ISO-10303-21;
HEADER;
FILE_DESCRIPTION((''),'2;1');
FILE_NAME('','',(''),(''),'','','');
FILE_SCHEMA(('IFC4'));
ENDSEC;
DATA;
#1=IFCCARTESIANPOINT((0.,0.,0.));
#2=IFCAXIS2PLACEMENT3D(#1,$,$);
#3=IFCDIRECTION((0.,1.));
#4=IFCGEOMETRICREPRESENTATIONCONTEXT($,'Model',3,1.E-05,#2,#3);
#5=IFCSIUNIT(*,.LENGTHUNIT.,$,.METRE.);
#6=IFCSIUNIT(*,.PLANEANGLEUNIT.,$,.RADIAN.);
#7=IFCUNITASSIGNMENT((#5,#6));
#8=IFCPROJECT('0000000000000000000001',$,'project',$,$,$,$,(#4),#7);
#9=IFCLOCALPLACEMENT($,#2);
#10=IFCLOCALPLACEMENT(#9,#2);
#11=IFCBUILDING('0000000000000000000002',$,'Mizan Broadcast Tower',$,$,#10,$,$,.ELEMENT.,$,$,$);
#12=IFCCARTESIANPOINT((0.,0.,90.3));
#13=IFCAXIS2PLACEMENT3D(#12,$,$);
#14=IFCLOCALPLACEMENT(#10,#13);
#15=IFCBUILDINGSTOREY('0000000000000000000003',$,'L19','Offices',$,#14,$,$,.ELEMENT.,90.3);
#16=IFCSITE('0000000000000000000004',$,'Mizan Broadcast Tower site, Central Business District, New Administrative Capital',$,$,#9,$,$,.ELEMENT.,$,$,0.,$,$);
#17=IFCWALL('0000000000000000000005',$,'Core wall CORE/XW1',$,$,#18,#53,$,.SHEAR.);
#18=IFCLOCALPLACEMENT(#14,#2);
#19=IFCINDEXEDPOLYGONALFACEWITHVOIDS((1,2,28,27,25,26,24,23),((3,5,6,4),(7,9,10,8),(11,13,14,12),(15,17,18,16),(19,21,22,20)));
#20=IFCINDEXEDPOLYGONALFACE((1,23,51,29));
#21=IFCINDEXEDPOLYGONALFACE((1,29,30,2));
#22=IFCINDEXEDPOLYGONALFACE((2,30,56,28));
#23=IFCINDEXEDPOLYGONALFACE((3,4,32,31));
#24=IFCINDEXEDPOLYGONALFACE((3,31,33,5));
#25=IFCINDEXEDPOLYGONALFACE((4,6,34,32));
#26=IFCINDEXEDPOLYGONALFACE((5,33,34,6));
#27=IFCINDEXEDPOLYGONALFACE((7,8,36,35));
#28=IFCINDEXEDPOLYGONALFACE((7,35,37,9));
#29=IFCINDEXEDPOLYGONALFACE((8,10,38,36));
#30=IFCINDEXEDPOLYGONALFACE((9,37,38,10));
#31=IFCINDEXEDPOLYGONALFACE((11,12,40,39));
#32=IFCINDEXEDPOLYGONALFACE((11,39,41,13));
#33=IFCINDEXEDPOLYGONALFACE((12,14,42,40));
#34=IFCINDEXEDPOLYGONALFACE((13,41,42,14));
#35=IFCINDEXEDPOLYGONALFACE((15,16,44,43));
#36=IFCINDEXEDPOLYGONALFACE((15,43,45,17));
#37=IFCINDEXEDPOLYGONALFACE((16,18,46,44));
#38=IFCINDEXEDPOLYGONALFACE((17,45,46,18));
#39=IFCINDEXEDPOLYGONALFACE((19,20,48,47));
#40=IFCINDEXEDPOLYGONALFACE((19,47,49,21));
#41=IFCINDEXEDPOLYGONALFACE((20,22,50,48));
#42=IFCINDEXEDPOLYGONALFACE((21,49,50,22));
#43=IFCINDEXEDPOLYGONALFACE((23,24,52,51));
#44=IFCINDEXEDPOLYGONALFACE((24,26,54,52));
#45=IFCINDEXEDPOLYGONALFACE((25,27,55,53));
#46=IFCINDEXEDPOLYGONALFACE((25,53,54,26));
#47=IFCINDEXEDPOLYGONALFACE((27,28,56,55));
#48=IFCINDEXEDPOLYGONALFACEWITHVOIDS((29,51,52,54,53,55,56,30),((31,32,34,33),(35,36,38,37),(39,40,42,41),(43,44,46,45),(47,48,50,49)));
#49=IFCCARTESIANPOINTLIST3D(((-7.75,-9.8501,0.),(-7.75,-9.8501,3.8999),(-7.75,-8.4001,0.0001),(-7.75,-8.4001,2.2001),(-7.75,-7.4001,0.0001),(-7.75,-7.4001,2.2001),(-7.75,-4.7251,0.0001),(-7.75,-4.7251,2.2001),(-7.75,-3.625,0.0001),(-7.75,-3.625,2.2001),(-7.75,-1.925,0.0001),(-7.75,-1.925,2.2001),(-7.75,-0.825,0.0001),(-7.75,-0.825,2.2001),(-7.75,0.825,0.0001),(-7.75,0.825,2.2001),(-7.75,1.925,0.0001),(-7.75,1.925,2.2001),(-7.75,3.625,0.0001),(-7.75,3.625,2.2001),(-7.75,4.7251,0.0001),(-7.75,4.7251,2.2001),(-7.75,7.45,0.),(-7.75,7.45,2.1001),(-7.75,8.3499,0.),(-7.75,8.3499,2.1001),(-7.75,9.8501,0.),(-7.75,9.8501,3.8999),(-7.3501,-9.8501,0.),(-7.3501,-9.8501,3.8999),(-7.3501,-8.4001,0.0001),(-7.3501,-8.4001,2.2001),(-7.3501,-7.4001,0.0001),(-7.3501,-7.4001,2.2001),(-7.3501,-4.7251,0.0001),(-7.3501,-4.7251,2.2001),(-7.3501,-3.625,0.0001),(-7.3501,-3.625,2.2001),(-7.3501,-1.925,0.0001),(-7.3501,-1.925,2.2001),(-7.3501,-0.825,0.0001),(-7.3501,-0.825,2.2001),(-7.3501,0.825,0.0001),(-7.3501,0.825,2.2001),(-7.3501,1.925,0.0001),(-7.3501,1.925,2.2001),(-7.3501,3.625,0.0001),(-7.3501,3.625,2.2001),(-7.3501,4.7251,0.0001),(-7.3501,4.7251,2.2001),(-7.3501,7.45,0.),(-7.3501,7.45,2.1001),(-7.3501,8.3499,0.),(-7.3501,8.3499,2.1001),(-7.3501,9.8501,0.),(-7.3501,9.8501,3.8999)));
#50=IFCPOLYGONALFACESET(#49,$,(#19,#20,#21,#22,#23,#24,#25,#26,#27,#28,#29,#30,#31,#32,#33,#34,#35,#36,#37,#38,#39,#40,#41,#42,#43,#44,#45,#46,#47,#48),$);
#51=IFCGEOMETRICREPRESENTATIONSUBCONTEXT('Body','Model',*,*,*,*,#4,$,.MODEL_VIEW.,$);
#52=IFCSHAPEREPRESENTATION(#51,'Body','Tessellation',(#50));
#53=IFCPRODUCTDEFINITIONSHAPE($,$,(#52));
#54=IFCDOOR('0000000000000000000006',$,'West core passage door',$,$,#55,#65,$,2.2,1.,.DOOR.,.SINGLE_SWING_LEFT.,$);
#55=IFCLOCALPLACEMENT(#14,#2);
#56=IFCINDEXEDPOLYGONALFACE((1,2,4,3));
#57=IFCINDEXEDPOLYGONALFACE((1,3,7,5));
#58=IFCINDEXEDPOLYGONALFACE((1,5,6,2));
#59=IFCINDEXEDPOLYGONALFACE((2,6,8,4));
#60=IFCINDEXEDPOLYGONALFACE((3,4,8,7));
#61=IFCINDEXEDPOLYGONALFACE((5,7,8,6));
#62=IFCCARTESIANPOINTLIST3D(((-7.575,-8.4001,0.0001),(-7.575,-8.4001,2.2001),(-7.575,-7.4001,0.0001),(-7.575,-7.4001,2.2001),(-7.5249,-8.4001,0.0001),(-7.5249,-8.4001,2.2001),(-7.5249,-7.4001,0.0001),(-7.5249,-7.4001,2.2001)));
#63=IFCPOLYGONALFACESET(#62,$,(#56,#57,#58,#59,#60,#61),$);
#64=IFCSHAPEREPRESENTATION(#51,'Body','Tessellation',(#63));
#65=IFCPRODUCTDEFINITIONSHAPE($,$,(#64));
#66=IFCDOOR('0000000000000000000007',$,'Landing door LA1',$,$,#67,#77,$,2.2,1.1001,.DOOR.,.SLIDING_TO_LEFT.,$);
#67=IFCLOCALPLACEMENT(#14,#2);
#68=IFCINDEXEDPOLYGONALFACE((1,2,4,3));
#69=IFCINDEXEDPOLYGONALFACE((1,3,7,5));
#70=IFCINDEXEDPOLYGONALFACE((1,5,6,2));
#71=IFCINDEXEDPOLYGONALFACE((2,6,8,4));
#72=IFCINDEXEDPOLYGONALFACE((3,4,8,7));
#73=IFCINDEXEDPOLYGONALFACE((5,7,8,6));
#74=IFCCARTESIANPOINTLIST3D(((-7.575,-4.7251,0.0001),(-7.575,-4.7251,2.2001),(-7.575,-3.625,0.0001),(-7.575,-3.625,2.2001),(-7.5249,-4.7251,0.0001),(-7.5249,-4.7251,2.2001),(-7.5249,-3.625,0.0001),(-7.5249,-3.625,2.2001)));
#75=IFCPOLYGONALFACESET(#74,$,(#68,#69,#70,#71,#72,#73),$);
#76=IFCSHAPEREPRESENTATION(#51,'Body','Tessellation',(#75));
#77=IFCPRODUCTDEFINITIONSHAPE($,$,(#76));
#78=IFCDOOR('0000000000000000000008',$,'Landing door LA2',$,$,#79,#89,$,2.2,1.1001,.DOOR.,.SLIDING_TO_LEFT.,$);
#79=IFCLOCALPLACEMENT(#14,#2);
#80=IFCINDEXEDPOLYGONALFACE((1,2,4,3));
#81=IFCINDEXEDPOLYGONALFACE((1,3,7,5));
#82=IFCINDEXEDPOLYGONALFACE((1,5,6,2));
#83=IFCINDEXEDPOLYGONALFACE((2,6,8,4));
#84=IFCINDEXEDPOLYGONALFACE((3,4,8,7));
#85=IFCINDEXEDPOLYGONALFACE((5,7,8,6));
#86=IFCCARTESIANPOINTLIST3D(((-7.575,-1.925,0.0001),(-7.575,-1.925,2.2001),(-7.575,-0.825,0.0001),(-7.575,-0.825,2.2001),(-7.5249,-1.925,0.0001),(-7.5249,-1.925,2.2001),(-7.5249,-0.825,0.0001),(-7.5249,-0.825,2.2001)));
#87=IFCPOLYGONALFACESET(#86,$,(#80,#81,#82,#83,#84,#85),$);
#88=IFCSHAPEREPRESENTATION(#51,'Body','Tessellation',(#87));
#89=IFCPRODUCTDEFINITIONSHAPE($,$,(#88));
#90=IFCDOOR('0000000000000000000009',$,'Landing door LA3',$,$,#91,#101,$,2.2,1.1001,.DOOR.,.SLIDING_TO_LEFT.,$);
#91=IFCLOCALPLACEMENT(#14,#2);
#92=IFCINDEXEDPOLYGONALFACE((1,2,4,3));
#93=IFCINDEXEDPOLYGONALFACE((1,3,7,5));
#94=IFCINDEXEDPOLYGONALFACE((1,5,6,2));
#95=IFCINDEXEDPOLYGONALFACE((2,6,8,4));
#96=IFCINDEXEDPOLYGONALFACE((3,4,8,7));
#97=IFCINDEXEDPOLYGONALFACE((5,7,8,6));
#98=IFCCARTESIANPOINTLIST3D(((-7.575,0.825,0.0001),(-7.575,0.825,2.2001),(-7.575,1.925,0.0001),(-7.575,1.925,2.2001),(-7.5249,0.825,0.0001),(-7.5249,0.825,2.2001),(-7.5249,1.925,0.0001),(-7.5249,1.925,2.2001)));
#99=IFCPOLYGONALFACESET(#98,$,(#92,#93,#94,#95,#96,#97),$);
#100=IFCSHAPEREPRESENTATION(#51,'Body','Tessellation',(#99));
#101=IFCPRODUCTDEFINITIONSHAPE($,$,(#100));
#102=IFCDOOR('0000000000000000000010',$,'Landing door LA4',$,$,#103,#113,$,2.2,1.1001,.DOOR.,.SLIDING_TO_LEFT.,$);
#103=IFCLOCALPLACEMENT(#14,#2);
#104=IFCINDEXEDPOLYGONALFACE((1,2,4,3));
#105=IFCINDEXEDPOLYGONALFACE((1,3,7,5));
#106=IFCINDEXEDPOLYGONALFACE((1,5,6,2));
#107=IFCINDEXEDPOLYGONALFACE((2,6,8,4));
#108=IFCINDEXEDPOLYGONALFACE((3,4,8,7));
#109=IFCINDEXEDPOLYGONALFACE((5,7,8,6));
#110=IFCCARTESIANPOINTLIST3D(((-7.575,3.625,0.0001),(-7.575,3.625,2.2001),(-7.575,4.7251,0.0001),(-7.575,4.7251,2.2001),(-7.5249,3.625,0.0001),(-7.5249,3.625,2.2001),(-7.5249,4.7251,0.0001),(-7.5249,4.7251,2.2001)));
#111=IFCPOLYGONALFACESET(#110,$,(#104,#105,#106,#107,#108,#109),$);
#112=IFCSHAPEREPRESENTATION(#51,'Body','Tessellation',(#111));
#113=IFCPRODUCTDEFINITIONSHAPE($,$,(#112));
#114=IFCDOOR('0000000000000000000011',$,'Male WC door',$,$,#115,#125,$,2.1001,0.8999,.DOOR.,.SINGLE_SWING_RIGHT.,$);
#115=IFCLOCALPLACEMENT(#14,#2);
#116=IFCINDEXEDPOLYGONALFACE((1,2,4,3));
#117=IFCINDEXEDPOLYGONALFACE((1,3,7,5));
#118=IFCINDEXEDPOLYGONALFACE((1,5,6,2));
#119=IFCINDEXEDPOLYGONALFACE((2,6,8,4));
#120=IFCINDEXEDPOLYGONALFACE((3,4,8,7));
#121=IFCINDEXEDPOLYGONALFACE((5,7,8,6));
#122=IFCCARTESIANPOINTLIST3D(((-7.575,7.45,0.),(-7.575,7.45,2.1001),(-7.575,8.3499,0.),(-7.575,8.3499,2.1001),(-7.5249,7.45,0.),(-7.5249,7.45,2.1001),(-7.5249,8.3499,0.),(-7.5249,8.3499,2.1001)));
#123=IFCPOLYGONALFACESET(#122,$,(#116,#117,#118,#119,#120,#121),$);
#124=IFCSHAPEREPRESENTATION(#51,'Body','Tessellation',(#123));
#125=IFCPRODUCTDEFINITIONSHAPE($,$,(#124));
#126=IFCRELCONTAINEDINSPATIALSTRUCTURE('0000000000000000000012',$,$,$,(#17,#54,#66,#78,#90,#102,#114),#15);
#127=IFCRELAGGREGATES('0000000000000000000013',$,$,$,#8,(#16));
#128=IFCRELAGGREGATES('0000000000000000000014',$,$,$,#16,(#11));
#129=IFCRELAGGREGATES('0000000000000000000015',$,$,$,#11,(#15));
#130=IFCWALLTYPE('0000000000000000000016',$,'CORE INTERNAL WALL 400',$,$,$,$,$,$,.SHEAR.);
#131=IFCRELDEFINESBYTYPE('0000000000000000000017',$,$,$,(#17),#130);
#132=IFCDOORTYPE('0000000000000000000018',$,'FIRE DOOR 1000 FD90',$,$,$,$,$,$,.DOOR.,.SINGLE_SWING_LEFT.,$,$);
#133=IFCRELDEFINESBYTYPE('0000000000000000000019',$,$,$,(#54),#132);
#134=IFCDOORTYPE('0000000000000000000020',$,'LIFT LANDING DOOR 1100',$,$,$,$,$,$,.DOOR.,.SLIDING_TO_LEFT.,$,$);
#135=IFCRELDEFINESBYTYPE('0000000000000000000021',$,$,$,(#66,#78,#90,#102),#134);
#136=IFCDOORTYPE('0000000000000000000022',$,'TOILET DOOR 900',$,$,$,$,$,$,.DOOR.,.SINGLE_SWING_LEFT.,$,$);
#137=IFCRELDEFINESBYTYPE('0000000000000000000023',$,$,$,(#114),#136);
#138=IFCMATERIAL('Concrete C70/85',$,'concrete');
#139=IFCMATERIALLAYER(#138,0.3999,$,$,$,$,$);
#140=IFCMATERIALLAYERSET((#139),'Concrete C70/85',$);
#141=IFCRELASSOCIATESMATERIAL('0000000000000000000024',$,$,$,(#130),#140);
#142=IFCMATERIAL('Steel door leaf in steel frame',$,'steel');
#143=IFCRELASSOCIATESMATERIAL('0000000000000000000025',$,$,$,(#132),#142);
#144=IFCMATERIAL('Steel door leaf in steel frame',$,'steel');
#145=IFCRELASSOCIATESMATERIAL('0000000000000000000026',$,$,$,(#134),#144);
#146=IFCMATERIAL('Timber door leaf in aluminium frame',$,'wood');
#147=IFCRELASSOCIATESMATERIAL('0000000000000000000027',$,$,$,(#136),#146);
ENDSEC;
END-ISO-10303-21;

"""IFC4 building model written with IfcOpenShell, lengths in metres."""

from ifc_helpers import new_model, si_unit, direction, frame, frame_2d, origin, place, context, subcontext, project, spatial, rectangle, extrude, material, layer, layer_set, type_object, element, fill, save


model = new_model("IFC4")

# Units and contexts
model_context = context("Model", 3, precision=1e-05, world=origin(), true_north=direction((0.0, 1.0)))
body_context = subcontext(model_context, "Body", "Model", "MODEL_VIEW")
ifc_project = project(units=[si_unit("LENGTHUNIT", "METRE"), si_unit("PLANEANGLEUNIT", "RADIAN")], contexts=[model_context])

# Site, building, storey
site_placement = place(None, origin())
site = spatial("IfcSite", under=ifc_project, at=site_placement, Name="Mizan Broadcast Tower site, Central Business District, New Administrative Capital", CompositionType="ELEMENT", RefElevation=0.0)
building_placement = place(site_placement, origin())
building = spatial("IfcBuilding", under=site, at=building_placement, Name="Mizan Broadcast Tower", CompositionType="ELEMENT")
storey_placement = place(building_placement, frame((0.0, 0.0, 90.3)))
storey = spatial("IfcBuildingStorey", under=building, at=storey_placement, Name="L19", Description="Offices", CompositionType="ELEMENT", Elevation=90.3)

# Wall, openings, doors
ifc_material_1 = material(Name="Concrete C70/85", Category="concrete")
ifc_layer_1 = layer(ifc_material_1, 0.3999)
ifc_layer_set_1 = layer_set([ifc_layer_1], Name="Concrete C70/85")
wall_type_1 = type_object("IfcWallType", Name="CORE INTERNAL WALL 400", PredefinedType="SHEAR", material=ifc_layer_set_1)
wall_1_placement = place(storey_placement, frame((-7.55, -9.8501, 0.0), z_axis=(0.0, 0.0, 1.0), x_axis=(0.0, 1.0, 0.0)))
wall_1 = element("IfcWall", 1, at=wall_1_placement, inside=storey, type_object=wall_type_1, Name="Core wall CORE/XW1", PredefinedType="SHEAR", context=body_context, shape_type="SweptSolid", body=[
    extrude(rectangle(XDim=19.7002, YDim=0.3999, at=frame_2d((9.8501, 0.0))), origin(), (0.0, 0.0, 1.0), 3.8999),
])
opening_1_placement = place(wall_1_placement, frame((1.45, 0.0, 0.0)))
opening_1 = element("IfcOpeningElement", 2, at=opening_1_placement, cuts=wall_1, PredefinedType="OPENING", context=body_context, shape_type="SweptSolid", body=[
    extrude(rectangle(XDim=1.0, YDim=2.2, at=frame_2d((0.5, 1.1001))), frame((0.0, 0.21, 0.0), z_axis=(0.0, -1.0, 0.0), x_axis=(1.0, 0.0, 0.0)), (0.0, 0.0, 1.0), 0.4199),
])
opening_2_placement = place(wall_1_placement, frame((17.3, 0.0, 0.0)))
opening_2 = element("IfcOpeningElement", 3, at=opening_2_placement, cuts=wall_1, PredefinedType="OPENING", context=body_context, shape_type="SweptSolid", body=[
    extrude(rectangle(XDim=0.8999, YDim=2.1001, at=frame_2d((0.45, 1.05))), frame((0.0, 0.21, 0.0), z_axis=(0.0, -1.0, 0.0), x_axis=(1.0, 0.0, 0.0)), (0.0, 0.0, 1.0), 0.4199),
])
opening_3_placement = place(wall_1_placement, frame((5.125, 0.0, 0.0)))
opening_3 = element("IfcOpeningElement", 4, at=opening_3_placement, cuts=wall_1, PredefinedType="OPENING", context=body_context, shape_type="SweptSolid", body=[
    extrude(rectangle(XDim=1.1001, YDim=2.2, at=frame_2d((0.55, 1.1001))), frame((0.0, 0.21, 0.0), z_axis=(0.0, -1.0, 0.0), x_axis=(1.0, 0.0, 0.0)), (0.0, 0.0, 1.0), 0.4199),
])
opening_4_placement = place(wall_1_placement, frame((7.925, 0.0, 0.0)))
opening_4 = element("IfcOpeningElement", 5, at=opening_4_placement, cuts=wall_1, PredefinedType="OPENING", context=body_context, shape_type="SweptSolid", body=[
    extrude(rectangle(XDim=1.1001, YDim=2.2, at=frame_2d((0.55, 1.1001))), frame((0.0, 0.21, 0.0), z_axis=(0.0, -1.0, 0.0), x_axis=(1.0, 0.0, 0.0)), (0.0, 0.0, 1.0), 0.4199),
])
opening_5_placement = place(wall_1_placement, frame((10.675, 0.0, 0.0)))
opening_5 = element("IfcOpeningElement", 6, at=opening_5_placement, cuts=wall_1, PredefinedType="OPENING", context=body_context, shape_type="SweptSolid", body=[
    extrude(rectangle(XDim=1.1001, YDim=2.2, at=frame_2d((0.55, 1.1001))), frame((0.0, 0.21, 0.0), z_axis=(0.0, -1.0, 0.0), x_axis=(1.0, 0.0, 0.0)), (0.0, 0.0, 1.0), 0.4199),
])
opening_6_placement = place(wall_1_placement, frame((13.4751, 0.0, 0.0)))
opening_6 = element("IfcOpeningElement", 7, at=opening_6_placement, cuts=wall_1, PredefinedType="OPENING", context=body_context, shape_type="SweptSolid", body=[
    extrude(rectangle(XDim=1.1001, YDim=2.2, at=frame_2d((0.55, 1.1001))), frame((0.0, 0.21, 0.0), z_axis=(0.0, -1.0, 0.0), x_axis=(1.0, 0.0, 0.0)), (0.0, 0.0, 1.0), 0.4199),
])
ifc_material_2 = material(Name="Steel door leaf in steel frame", Category="steel")
door_type_1 = type_object("IfcDoorType", Name="FIRE DOOR 1000 FD90", OperationType="SINGLE_SWING_LEFT", PredefinedType="DOOR", material=ifc_material_2)
door_1_placement = place(opening_1_placement, origin())
door_1 = element("IfcDoor", 8, at=door_1_placement, inside=storey, type_object=door_type_1, Name="West core passage door", OperationType="SINGLE_SWING_LEFT", OverallHeight=2.2, OverallWidth=1.0, PredefinedType="DOOR", context=body_context, shape_type="SweptSolid", body=[
    extrude(rectangle(XDim=1.0, YDim=2.2, at=frame_2d((0.5, 1.1001))), frame((0.0, 0.0249, 0.0), z_axis=(0.0, -1.0, 0.0), x_axis=(1.0, 0.0, 0.0)), (0.0, 0.0, 1.0), 0.05),
])
fill(opening_1, door_1)
ifc_material_3 = material(Name="Steel door leaf in steel frame", Category="steel")
door_type_2 = type_object("IfcDoorType", Name="LIFT LANDING DOOR 1100", OperationType="SLIDING_TO_LEFT", PredefinedType="DOOR", material=ifc_material_3)
door_2_placement = place(opening_3_placement, origin())
door_2 = element("IfcDoor", 9, at=door_2_placement, inside=storey, type_object=door_type_2, Name="Landing door LA1", OperationType="SLIDING_TO_LEFT", OverallHeight=2.2, OverallWidth=1.1001, PredefinedType="DOOR", context=body_context, shape_type="SweptSolid", body=[
    extrude(rectangle(XDim=1.1001, YDim=2.2, at=frame_2d((0.55, 1.1001))), frame((0.0, 0.0249, 0.0), z_axis=(0.0, -1.0, 0.0), x_axis=(1.0, 0.0, 0.0)), (0.0, 0.0, 1.0), 0.05),
])
fill(opening_3, door_2)
door_3_placement = place(opening_4_placement, origin())
door_3 = element("IfcDoor", 10, at=door_3_placement, inside=storey, type_object=door_type_2, Name="Landing door LA2", OperationType="SLIDING_TO_LEFT", OverallHeight=2.2, OverallWidth=1.1001, PredefinedType="DOOR", context=body_context, shape_type="SweptSolid", body=[
    extrude(rectangle(XDim=1.1001, YDim=2.2, at=frame_2d((0.55, 1.1001))), frame((0.0, 0.0249, 0.0), z_axis=(0.0, -1.0, 0.0), x_axis=(1.0, 0.0, 0.0)), (0.0, 0.0, 1.0), 0.05),
])
fill(opening_4, door_3)
door_4_placement = place(opening_5_placement, origin())
door_4 = element("IfcDoor", 11, at=door_4_placement, inside=storey, type_object=door_type_2, Name="Landing door LA3", OperationType="SLIDING_TO_LEFT", OverallHeight=2.2, OverallWidth=1.1001, PredefinedType="DOOR", context=body_context, shape_type="SweptSolid", body=[
    extrude(rectangle(XDim=1.1001, YDim=2.2, at=frame_2d((0.55, 1.1001))), frame((0.0, 0.0249, 0.0), z_axis=(0.0, -1.0, 0.0), x_axis=(1.0, 0.0, 0.0)), (0.0, 0.0, 1.0), 0.05),
])
fill(opening_5, door_4)
door_5_placement = place(opening_6_placement, origin())
door_5 = element("IfcDoor", 12, at=door_5_placement, inside=storey, type_object=door_type_2, Name="Landing door LA4", OperationType="SLIDING_TO_LEFT", OverallHeight=2.2, OverallWidth=1.1001, PredefinedType="DOOR", context=body_context, shape_type="SweptSolid", body=[
    extrude(rectangle(XDim=1.1001, YDim=2.2, at=frame_2d((0.55, 1.1001))), frame((0.0, 0.0249, 0.0), z_axis=(0.0, -1.0, 0.0), x_axis=(1.0, 0.0, 0.0)), (0.0, 0.0, 1.0), 0.05),
])
fill(opening_6, door_5)
ifc_material_4 = material(Name="Timber door leaf in aluminium frame", Category="wood")
door_type_3 = type_object("IfcDoorType", Name="TOILET DOOR 900", OperationType="SINGLE_SWING_LEFT", PredefinedType="DOOR", material=ifc_material_4)
door_6_placement = place(opening_2_placement, origin())
door_6 = element("IfcDoor", 13, at=door_6_placement, inside=storey, type_object=door_type_3, Name="Male WC door", OperationType="SINGLE_SWING_RIGHT", OverallHeight=2.1001, OverallWidth=0.8999, PredefinedType="DOOR", context=body_context, shape_type="SweptSolid", body=[
    extrude(rectangle(XDim=0.8999, YDim=2.1001, at=frame_2d((0.45, 1.05))), frame((0.0, 0.0249, 0.0), z_axis=(0.0, -1.0, 0.0), x_axis=(1.0, 0.0, 0.0)), (0.0, 0.0, 1.0), 0.05),
])
fill(opening_2, door_6)

save(model, "model.ifc")
